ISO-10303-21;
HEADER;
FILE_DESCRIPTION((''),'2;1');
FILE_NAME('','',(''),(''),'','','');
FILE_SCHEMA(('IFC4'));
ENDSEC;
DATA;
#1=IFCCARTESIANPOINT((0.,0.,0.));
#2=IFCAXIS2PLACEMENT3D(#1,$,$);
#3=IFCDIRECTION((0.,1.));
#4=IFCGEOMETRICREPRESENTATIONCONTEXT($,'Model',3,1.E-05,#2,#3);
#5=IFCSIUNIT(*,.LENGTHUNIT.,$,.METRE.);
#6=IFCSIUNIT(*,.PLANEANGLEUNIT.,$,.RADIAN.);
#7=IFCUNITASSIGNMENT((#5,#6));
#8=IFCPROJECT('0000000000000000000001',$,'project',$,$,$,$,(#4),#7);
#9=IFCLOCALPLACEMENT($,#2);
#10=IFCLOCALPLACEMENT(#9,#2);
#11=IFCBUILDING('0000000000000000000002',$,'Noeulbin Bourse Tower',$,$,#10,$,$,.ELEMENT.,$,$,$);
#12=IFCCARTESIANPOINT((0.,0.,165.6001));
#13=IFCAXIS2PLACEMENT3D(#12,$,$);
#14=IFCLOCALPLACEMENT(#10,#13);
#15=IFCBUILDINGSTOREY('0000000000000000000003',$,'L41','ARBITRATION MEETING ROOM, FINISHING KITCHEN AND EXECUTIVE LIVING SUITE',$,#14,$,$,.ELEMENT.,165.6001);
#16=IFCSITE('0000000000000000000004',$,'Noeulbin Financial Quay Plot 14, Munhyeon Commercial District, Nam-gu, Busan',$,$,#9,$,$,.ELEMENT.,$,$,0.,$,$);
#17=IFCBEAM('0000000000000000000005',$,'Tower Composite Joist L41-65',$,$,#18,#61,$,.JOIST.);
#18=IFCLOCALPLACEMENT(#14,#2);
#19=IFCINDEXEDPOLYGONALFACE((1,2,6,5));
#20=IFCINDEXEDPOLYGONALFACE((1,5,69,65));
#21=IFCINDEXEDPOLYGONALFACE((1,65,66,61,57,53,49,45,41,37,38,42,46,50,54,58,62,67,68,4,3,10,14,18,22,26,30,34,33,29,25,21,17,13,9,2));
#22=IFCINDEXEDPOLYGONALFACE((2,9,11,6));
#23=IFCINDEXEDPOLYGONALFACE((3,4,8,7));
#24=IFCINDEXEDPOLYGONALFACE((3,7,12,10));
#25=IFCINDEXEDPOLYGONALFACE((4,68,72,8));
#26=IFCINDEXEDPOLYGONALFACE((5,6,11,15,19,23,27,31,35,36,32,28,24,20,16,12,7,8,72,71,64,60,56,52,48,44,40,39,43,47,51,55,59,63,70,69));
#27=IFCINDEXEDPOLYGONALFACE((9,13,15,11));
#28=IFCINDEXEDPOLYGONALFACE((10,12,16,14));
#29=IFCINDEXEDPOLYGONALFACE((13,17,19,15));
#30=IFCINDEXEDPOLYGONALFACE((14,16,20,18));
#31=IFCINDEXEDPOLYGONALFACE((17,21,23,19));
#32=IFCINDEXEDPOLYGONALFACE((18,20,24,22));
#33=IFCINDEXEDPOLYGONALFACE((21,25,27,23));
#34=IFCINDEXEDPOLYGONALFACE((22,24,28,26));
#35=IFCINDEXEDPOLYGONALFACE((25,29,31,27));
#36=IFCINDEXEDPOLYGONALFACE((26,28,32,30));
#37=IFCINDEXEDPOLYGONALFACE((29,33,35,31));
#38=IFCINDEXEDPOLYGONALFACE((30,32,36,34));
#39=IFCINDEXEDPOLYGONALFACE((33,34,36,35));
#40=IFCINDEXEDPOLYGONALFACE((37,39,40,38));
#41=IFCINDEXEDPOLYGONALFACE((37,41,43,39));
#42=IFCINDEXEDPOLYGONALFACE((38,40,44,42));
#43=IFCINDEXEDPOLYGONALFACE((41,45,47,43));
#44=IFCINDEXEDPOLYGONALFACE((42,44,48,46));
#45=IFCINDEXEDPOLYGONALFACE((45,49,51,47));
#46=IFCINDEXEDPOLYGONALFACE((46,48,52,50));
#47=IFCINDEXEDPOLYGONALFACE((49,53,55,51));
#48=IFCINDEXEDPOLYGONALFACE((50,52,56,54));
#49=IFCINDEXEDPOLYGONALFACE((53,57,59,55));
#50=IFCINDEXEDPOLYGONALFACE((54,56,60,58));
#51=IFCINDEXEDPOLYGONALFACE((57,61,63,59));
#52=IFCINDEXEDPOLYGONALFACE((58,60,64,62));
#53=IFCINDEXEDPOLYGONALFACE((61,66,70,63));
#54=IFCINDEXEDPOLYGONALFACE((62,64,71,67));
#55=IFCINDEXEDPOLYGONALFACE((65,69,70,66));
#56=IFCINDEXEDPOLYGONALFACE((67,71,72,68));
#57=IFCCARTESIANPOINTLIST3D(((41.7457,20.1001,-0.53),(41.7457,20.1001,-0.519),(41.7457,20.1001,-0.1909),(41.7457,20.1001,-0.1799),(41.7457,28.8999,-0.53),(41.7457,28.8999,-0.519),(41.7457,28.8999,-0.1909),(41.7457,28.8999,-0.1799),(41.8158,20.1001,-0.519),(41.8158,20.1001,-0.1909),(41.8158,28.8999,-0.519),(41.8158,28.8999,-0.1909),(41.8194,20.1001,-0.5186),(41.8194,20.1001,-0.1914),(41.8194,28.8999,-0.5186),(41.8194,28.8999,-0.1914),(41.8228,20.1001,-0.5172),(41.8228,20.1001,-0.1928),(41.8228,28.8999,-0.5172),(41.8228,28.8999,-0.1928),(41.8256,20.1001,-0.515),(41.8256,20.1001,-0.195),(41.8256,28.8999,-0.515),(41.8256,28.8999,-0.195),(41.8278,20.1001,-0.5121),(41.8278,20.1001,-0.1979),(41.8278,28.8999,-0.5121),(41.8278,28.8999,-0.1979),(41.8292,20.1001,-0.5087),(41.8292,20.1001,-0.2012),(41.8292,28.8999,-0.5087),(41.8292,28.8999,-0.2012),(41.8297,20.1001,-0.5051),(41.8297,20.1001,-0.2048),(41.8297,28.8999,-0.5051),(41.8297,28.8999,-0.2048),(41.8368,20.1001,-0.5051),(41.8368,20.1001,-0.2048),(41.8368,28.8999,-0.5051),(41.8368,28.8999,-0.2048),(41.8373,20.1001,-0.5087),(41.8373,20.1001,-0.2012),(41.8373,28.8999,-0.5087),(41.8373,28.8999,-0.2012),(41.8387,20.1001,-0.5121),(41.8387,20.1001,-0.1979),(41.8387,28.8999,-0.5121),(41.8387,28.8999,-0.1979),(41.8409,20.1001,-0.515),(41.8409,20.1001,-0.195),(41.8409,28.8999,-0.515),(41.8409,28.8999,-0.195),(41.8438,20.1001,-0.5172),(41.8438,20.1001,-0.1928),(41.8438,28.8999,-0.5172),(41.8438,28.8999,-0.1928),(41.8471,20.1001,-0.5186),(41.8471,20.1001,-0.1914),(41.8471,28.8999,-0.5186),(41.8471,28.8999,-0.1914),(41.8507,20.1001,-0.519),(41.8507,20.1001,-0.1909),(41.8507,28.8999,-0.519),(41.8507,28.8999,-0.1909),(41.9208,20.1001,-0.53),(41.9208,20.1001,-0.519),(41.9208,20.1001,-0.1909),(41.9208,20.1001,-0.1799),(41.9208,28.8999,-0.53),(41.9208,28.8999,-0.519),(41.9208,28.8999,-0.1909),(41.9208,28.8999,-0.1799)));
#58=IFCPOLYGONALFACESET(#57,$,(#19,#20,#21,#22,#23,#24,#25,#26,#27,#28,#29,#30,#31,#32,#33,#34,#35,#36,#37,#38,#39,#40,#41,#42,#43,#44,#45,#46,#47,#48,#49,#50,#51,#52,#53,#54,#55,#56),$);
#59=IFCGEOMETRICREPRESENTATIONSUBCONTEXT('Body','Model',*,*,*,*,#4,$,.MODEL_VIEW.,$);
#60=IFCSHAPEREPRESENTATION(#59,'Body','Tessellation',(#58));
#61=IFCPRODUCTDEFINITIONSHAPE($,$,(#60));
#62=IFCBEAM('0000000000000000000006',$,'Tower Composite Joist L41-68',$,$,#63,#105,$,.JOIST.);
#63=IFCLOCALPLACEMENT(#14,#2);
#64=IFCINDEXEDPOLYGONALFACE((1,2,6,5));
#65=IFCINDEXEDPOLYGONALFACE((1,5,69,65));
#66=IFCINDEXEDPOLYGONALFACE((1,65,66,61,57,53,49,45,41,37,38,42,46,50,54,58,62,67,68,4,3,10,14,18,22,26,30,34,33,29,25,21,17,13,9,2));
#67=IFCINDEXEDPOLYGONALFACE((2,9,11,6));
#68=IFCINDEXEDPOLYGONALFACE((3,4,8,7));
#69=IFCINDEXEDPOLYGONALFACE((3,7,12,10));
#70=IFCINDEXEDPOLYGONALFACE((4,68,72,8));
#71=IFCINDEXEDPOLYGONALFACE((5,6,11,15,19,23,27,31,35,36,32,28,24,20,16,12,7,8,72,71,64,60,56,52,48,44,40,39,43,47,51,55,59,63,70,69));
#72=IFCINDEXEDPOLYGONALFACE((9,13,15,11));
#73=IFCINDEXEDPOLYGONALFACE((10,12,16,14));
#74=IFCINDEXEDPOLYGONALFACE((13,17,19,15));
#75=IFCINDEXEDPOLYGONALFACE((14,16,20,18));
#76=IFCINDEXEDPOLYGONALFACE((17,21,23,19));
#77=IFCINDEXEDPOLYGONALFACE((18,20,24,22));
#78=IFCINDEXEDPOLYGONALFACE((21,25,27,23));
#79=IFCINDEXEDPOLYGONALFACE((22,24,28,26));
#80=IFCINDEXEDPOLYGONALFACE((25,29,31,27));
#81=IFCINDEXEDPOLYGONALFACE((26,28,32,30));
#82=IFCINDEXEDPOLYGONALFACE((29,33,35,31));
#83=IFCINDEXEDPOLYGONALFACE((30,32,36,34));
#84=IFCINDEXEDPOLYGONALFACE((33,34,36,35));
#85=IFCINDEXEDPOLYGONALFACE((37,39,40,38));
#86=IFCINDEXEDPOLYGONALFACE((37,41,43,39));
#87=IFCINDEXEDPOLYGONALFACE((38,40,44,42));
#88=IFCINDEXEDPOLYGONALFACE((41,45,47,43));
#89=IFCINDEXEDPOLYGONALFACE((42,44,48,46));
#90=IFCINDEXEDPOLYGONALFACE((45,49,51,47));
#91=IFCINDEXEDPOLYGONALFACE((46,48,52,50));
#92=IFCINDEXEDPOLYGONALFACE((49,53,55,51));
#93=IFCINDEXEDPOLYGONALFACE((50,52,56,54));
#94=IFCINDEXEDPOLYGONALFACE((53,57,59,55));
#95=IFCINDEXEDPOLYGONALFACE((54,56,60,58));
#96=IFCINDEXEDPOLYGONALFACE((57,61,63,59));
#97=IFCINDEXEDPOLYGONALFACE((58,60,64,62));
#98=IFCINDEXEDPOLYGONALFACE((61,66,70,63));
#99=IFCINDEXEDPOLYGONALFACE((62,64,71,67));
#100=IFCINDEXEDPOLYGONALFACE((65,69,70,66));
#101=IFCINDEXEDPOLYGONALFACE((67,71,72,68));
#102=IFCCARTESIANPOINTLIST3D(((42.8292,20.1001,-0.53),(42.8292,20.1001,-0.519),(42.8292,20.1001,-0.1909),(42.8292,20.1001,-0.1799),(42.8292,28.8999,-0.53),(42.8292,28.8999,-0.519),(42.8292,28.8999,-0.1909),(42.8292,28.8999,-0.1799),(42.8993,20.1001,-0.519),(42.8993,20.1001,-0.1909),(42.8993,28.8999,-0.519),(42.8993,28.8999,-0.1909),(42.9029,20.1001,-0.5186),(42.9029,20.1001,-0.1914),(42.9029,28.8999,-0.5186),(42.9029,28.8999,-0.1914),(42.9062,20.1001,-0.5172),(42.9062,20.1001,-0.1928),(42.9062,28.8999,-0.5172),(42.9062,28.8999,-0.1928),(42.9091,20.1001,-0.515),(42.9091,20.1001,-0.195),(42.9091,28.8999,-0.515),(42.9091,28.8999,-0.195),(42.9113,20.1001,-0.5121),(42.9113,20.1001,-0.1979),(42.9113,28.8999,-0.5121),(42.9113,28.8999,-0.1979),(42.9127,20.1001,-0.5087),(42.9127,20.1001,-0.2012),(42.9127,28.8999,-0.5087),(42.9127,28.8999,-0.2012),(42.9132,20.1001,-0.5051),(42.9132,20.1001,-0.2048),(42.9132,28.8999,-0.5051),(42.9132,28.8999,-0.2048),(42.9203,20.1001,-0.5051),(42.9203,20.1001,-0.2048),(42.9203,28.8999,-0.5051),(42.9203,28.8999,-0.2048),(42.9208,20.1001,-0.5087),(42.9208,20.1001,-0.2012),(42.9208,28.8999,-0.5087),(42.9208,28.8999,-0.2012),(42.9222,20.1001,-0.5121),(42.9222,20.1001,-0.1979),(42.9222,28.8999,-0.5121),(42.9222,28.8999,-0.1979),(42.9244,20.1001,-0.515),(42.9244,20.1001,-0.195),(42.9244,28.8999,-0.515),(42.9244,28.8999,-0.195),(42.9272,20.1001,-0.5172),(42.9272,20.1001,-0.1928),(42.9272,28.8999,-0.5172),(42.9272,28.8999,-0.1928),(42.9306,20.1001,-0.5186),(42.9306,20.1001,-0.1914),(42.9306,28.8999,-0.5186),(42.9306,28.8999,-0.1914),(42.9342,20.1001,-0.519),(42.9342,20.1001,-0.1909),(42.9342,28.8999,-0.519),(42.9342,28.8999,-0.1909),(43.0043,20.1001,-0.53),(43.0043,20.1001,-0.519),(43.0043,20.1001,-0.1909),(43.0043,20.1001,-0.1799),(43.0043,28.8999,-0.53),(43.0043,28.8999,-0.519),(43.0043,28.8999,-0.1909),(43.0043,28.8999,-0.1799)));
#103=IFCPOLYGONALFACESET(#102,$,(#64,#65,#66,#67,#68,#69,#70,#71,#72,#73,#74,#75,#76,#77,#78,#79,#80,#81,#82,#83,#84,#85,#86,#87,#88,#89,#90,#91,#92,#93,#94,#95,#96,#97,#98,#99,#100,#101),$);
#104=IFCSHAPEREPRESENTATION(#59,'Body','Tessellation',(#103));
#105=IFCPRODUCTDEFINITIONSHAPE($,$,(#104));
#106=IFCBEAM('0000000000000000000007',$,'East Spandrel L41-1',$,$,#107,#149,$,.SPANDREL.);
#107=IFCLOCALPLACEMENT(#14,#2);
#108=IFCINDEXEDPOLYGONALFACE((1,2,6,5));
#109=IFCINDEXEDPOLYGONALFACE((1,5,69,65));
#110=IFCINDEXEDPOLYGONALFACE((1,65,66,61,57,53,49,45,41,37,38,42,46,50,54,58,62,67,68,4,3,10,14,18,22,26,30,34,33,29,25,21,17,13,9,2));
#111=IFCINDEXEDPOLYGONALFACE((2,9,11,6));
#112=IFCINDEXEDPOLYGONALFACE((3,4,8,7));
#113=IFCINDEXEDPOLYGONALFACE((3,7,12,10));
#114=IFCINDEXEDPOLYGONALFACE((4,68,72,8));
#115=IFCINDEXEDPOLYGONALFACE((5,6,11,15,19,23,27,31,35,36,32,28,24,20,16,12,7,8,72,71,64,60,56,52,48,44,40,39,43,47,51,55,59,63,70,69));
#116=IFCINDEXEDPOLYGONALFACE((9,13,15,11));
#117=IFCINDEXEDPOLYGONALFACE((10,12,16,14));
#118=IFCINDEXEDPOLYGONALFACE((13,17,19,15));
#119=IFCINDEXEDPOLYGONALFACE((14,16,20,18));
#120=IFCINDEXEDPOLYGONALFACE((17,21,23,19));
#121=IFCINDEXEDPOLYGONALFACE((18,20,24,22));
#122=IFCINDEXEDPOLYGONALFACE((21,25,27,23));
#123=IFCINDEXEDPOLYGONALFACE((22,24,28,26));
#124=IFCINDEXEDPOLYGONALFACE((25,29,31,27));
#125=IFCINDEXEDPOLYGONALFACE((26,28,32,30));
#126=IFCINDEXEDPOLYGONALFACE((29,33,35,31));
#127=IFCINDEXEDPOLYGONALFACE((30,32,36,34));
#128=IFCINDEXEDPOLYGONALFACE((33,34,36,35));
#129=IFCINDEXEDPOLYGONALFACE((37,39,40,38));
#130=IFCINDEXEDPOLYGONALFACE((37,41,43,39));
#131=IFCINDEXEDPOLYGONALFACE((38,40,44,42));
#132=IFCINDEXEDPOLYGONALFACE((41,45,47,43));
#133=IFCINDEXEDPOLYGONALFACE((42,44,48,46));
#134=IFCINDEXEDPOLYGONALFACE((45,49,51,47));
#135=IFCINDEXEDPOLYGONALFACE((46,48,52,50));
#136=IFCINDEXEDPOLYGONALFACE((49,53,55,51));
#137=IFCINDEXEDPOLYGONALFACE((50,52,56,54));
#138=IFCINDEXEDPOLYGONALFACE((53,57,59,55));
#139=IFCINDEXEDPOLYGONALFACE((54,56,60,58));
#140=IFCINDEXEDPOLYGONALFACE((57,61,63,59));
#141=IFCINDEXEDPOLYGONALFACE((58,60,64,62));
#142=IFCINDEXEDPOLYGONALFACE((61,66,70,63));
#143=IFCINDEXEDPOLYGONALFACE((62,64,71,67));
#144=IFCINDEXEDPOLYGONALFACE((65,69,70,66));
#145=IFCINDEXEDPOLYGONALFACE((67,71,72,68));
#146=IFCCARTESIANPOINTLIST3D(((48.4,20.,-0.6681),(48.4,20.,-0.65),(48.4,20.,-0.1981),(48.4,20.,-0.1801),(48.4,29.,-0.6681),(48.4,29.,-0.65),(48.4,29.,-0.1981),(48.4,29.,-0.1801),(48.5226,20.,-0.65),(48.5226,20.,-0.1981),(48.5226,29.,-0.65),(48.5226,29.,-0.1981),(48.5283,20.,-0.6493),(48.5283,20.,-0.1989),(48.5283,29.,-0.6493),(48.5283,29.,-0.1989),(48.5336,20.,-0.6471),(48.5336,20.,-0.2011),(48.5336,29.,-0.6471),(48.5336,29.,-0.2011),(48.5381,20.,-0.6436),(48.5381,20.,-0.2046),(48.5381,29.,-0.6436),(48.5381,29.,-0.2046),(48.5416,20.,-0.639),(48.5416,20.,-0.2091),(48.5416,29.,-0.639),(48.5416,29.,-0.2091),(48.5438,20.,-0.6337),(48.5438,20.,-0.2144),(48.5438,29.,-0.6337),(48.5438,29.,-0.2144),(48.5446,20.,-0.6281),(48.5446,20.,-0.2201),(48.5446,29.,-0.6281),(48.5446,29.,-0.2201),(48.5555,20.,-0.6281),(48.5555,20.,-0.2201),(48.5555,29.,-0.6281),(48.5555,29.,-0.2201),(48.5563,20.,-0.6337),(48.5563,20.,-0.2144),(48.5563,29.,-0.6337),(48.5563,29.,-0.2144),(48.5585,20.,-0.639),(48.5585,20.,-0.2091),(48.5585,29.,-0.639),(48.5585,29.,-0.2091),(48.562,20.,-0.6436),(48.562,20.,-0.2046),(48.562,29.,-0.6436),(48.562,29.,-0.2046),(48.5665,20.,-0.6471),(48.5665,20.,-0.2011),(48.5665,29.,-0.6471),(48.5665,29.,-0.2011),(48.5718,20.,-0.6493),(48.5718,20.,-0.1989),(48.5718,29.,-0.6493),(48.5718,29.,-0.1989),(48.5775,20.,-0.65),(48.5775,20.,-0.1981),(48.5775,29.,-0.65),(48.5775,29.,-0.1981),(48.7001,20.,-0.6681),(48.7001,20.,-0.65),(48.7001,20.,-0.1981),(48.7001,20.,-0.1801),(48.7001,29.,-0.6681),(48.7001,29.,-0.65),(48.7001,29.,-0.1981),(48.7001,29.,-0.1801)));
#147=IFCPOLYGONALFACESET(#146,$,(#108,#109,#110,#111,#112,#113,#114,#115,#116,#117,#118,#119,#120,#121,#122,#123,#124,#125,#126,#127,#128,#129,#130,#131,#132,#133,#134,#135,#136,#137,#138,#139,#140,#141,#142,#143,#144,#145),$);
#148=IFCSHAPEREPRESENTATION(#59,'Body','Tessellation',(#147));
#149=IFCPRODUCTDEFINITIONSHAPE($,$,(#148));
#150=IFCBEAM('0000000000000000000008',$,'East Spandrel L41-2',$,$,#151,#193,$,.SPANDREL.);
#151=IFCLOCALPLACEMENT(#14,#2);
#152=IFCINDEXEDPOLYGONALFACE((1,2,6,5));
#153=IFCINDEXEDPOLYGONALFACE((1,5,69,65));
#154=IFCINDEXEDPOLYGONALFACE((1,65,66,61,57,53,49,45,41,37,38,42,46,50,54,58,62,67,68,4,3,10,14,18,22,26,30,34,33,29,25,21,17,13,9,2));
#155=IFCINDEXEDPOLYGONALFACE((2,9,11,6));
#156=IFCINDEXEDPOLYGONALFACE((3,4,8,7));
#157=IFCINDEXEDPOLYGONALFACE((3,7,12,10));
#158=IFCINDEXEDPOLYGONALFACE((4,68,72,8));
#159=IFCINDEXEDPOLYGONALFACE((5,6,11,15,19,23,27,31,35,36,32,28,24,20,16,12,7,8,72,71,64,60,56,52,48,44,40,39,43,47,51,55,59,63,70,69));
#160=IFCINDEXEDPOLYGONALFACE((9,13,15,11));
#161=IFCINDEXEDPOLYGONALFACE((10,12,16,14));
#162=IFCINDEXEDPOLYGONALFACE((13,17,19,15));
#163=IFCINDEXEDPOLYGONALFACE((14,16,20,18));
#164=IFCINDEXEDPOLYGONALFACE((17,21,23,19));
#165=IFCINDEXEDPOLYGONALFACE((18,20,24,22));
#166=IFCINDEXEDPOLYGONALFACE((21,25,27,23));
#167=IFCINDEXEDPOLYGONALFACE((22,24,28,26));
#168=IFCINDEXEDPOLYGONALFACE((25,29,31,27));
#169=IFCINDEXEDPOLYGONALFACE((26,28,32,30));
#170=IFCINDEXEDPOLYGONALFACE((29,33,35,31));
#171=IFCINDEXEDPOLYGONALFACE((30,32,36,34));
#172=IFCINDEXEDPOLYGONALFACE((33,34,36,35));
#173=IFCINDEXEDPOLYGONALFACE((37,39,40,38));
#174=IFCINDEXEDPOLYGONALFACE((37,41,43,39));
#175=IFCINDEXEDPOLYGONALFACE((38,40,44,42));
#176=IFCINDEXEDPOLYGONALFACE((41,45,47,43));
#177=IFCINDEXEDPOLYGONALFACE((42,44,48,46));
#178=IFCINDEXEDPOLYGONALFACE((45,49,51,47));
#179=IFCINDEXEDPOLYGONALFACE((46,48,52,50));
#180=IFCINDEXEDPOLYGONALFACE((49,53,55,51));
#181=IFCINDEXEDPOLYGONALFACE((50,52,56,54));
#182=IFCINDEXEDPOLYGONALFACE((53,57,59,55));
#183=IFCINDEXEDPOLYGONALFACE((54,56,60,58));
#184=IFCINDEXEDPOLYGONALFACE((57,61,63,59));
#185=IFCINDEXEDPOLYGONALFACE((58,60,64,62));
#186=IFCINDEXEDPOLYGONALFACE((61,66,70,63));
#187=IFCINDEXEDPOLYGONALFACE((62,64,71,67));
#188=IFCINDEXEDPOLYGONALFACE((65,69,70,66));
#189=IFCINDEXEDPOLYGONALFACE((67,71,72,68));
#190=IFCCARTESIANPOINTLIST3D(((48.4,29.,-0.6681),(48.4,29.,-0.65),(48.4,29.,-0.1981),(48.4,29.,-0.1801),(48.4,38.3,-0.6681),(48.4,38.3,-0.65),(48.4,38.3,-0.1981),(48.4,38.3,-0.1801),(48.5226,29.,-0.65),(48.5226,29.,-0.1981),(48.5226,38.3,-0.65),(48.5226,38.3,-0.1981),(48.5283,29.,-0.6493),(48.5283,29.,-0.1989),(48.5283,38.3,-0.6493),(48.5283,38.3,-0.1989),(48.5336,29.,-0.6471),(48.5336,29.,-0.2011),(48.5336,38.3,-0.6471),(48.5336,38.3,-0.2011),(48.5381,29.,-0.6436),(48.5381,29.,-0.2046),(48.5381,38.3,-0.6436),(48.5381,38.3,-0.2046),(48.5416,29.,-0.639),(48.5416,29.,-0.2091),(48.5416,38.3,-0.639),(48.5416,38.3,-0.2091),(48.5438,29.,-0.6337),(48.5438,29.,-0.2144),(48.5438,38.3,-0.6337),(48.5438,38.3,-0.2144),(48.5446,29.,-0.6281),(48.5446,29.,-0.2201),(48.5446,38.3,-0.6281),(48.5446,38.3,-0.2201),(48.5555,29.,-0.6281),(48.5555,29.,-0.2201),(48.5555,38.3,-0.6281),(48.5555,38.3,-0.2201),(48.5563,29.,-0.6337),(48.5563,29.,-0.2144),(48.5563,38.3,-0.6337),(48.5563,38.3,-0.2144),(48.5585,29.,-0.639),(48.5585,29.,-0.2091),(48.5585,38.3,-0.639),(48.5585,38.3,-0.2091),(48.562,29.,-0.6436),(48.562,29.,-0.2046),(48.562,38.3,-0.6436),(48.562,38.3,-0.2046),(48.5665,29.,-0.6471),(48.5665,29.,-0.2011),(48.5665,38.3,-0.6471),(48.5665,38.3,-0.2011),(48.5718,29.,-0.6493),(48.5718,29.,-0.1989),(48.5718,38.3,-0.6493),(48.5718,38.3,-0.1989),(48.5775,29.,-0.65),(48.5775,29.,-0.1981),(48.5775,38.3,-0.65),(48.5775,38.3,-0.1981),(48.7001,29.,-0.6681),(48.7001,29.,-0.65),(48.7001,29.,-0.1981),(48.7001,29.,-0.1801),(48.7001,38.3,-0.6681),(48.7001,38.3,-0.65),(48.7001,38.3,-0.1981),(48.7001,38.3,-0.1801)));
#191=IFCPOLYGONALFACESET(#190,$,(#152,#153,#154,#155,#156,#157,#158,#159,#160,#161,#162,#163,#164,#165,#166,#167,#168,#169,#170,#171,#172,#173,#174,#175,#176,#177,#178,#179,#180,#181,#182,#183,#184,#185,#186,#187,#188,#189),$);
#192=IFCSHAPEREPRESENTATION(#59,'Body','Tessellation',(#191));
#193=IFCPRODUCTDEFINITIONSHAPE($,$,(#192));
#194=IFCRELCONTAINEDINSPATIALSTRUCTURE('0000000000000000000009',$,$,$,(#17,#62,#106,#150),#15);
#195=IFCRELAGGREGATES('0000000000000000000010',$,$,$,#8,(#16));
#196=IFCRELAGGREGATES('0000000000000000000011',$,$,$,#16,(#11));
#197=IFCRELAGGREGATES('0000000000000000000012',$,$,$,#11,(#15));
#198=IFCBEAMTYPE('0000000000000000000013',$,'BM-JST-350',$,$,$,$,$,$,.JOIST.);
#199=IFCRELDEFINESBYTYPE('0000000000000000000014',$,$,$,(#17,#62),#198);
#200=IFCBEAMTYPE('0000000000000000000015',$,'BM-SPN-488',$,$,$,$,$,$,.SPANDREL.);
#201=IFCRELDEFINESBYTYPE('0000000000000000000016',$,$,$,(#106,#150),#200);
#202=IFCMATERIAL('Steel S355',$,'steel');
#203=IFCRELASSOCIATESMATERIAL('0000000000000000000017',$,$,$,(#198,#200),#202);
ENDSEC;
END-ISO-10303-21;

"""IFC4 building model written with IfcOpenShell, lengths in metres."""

from ifc_helpers import new_model, si_unit, direction, frame, origin, origin_2d, place, context, subcontext, project, spatial, i_section, extrude, material, material_profile, profile_set, type_object, element, save


model = new_model("IFC4")

# Units and contexts
model_context = context("Model", 3, precision=1e-05, world=origin(), true_north=direction((0.0, 1.0)))
body_context = subcontext(model_context, "Body", "Model", "MODEL_VIEW")
ifc_project = project(units=[si_unit("LENGTHUNIT", "METRE"), si_unit("PLANEANGLEUNIT", "RADIAN")], contexts=[model_context])

# Site, building, storey
site_placement = place(None, origin())
site = spatial("IfcSite", under=ifc_project, at=site_placement, Name="Noeulbin Financial Quay Plot 14, Munhyeon Commercial District, Nam-gu, Busan", CompositionType="ELEMENT", RefElevation=0.0)
building_placement = place(site_placement, origin())
building = spatial("IfcBuilding", under=site, at=building_placement, Name="Noeulbin Bourse Tower", CompositionType="ELEMENT")
storey_placement = place(building_placement, frame((0.0, 0.0, 165.6001)))
storey = spatial("IfcBuildingStorey", under=building, at=storey_placement, Name="L41", Description="ARBITRATION MEETING ROOM, FINISHING KITCHEN AND EXECUTIVE LIVING SUITE", CompositionType="ELEMENT", Elevation=165.6001)

# Shared definitions
ifc_material_1 = material(Name="Steel S355", Category="steel")

# Beams
ifc_material_profile_1 = material_profile(ifc_material_1, i_section(OverallWidth=0.175, OverallDepth=0.3501, WebThickness=0.0071, FlangeThickness=0.011, FilletRadius=0.0139, at=origin_2d()), Name="H-350x175x7x11", Category="LoadBearing")
ifc_profile_set_1 = profile_set([ifc_material_profile_1], Name="Steel S355")
beam_type_1 = type_object("IfcBeamType", Name="BM-JST-350", PredefinedType="JOIST", material=ifc_profile_set_1)
for number, where, z_axis, x_axis, name in (
    (1, (41.8333, 20.1001, -0.355), (0.0, 1.0, 0.0), (-1.0, 0.0, 0.0), "Tower Composite Joist L41-65"),
    (2, (42.9167, 20.1001, -0.355), (0.0, 1.0, 0.0), (-1.0, 0.0, 0.0), "Tower Composite Joist L41-68"),
):
    element("IfcBeam", number, at=place(storey_placement, frame(where, z_axis=z_axis, x_axis=x_axis)), inside=storey, type_object=beam_type_1, Name=name, PredefinedType="JOIST", context=body_context, shape_type="SweptSolid", body=[
        extrude(i_section(OverallWidth=0.175, OverallDepth=0.3501, WebThickness=0.0071, FlangeThickness=0.011, FilletRadius=0.0139, at=origin_2d()), origin(), (0.0, 0.0, 1.0), 8.7998),
    ])
ifc_material_profile_2 = material_profile(ifc_material_1, i_section(OverallWidth=0.3, OverallDepth=0.488, WebThickness=0.011, FlangeThickness=0.0181, FilletRadius=0.022, at=origin_2d()), Name="H-488x300x11x18", Category="LoadBearing")
ifc_profile_set_2 = profile_set([ifc_material_profile_2], Name="Steel S355")
beam_type_2 = type_object("IfcBeamType", Name="BM-SPN-488", PredefinedType="SPANDREL", material=ifc_profile_set_2)
beam_1_placement = place(storey_placement, frame((48.55, 20.0, -0.4241), z_axis=(0.0, 1.0, 0.0), x_axis=(-1.0, 0.0, 0.0)))
element("IfcBeam", 3, at=beam_1_placement, inside=storey, type_object=beam_type_2, Name="East Spandrel L41-1", PredefinedType="SPANDREL", context=body_context, shape_type="SweptSolid", body=[
    extrude(i_section(OverallWidth=0.3, OverallDepth=0.488, WebThickness=0.011, FlangeThickness=0.0181, FilletRadius=0.022, at=origin_2d()), origin(), (0.0, 0.0, 1.0), 9.0),
])
beam_2_placement = place(storey_placement, frame((48.55, 29.0, -0.4241), z_axis=(0.0, 1.0, 0.0), x_axis=(-1.0, 0.0, 0.0)))
element("IfcBeam", 4, at=beam_2_placement, inside=storey, type_object=beam_type_2, Name="East Spandrel L41-2", PredefinedType="SPANDREL", context=body_context, shape_type="SweptSolid", body=[
    extrude(i_section(OverallWidth=0.3, OverallDepth=0.488, WebThickness=0.011, FlangeThickness=0.0181, FilletRadius=0.022, at=origin_2d()), origin(), (0.0, 0.0, 1.0), 9.3),
])

save(model, "model.ifc")
